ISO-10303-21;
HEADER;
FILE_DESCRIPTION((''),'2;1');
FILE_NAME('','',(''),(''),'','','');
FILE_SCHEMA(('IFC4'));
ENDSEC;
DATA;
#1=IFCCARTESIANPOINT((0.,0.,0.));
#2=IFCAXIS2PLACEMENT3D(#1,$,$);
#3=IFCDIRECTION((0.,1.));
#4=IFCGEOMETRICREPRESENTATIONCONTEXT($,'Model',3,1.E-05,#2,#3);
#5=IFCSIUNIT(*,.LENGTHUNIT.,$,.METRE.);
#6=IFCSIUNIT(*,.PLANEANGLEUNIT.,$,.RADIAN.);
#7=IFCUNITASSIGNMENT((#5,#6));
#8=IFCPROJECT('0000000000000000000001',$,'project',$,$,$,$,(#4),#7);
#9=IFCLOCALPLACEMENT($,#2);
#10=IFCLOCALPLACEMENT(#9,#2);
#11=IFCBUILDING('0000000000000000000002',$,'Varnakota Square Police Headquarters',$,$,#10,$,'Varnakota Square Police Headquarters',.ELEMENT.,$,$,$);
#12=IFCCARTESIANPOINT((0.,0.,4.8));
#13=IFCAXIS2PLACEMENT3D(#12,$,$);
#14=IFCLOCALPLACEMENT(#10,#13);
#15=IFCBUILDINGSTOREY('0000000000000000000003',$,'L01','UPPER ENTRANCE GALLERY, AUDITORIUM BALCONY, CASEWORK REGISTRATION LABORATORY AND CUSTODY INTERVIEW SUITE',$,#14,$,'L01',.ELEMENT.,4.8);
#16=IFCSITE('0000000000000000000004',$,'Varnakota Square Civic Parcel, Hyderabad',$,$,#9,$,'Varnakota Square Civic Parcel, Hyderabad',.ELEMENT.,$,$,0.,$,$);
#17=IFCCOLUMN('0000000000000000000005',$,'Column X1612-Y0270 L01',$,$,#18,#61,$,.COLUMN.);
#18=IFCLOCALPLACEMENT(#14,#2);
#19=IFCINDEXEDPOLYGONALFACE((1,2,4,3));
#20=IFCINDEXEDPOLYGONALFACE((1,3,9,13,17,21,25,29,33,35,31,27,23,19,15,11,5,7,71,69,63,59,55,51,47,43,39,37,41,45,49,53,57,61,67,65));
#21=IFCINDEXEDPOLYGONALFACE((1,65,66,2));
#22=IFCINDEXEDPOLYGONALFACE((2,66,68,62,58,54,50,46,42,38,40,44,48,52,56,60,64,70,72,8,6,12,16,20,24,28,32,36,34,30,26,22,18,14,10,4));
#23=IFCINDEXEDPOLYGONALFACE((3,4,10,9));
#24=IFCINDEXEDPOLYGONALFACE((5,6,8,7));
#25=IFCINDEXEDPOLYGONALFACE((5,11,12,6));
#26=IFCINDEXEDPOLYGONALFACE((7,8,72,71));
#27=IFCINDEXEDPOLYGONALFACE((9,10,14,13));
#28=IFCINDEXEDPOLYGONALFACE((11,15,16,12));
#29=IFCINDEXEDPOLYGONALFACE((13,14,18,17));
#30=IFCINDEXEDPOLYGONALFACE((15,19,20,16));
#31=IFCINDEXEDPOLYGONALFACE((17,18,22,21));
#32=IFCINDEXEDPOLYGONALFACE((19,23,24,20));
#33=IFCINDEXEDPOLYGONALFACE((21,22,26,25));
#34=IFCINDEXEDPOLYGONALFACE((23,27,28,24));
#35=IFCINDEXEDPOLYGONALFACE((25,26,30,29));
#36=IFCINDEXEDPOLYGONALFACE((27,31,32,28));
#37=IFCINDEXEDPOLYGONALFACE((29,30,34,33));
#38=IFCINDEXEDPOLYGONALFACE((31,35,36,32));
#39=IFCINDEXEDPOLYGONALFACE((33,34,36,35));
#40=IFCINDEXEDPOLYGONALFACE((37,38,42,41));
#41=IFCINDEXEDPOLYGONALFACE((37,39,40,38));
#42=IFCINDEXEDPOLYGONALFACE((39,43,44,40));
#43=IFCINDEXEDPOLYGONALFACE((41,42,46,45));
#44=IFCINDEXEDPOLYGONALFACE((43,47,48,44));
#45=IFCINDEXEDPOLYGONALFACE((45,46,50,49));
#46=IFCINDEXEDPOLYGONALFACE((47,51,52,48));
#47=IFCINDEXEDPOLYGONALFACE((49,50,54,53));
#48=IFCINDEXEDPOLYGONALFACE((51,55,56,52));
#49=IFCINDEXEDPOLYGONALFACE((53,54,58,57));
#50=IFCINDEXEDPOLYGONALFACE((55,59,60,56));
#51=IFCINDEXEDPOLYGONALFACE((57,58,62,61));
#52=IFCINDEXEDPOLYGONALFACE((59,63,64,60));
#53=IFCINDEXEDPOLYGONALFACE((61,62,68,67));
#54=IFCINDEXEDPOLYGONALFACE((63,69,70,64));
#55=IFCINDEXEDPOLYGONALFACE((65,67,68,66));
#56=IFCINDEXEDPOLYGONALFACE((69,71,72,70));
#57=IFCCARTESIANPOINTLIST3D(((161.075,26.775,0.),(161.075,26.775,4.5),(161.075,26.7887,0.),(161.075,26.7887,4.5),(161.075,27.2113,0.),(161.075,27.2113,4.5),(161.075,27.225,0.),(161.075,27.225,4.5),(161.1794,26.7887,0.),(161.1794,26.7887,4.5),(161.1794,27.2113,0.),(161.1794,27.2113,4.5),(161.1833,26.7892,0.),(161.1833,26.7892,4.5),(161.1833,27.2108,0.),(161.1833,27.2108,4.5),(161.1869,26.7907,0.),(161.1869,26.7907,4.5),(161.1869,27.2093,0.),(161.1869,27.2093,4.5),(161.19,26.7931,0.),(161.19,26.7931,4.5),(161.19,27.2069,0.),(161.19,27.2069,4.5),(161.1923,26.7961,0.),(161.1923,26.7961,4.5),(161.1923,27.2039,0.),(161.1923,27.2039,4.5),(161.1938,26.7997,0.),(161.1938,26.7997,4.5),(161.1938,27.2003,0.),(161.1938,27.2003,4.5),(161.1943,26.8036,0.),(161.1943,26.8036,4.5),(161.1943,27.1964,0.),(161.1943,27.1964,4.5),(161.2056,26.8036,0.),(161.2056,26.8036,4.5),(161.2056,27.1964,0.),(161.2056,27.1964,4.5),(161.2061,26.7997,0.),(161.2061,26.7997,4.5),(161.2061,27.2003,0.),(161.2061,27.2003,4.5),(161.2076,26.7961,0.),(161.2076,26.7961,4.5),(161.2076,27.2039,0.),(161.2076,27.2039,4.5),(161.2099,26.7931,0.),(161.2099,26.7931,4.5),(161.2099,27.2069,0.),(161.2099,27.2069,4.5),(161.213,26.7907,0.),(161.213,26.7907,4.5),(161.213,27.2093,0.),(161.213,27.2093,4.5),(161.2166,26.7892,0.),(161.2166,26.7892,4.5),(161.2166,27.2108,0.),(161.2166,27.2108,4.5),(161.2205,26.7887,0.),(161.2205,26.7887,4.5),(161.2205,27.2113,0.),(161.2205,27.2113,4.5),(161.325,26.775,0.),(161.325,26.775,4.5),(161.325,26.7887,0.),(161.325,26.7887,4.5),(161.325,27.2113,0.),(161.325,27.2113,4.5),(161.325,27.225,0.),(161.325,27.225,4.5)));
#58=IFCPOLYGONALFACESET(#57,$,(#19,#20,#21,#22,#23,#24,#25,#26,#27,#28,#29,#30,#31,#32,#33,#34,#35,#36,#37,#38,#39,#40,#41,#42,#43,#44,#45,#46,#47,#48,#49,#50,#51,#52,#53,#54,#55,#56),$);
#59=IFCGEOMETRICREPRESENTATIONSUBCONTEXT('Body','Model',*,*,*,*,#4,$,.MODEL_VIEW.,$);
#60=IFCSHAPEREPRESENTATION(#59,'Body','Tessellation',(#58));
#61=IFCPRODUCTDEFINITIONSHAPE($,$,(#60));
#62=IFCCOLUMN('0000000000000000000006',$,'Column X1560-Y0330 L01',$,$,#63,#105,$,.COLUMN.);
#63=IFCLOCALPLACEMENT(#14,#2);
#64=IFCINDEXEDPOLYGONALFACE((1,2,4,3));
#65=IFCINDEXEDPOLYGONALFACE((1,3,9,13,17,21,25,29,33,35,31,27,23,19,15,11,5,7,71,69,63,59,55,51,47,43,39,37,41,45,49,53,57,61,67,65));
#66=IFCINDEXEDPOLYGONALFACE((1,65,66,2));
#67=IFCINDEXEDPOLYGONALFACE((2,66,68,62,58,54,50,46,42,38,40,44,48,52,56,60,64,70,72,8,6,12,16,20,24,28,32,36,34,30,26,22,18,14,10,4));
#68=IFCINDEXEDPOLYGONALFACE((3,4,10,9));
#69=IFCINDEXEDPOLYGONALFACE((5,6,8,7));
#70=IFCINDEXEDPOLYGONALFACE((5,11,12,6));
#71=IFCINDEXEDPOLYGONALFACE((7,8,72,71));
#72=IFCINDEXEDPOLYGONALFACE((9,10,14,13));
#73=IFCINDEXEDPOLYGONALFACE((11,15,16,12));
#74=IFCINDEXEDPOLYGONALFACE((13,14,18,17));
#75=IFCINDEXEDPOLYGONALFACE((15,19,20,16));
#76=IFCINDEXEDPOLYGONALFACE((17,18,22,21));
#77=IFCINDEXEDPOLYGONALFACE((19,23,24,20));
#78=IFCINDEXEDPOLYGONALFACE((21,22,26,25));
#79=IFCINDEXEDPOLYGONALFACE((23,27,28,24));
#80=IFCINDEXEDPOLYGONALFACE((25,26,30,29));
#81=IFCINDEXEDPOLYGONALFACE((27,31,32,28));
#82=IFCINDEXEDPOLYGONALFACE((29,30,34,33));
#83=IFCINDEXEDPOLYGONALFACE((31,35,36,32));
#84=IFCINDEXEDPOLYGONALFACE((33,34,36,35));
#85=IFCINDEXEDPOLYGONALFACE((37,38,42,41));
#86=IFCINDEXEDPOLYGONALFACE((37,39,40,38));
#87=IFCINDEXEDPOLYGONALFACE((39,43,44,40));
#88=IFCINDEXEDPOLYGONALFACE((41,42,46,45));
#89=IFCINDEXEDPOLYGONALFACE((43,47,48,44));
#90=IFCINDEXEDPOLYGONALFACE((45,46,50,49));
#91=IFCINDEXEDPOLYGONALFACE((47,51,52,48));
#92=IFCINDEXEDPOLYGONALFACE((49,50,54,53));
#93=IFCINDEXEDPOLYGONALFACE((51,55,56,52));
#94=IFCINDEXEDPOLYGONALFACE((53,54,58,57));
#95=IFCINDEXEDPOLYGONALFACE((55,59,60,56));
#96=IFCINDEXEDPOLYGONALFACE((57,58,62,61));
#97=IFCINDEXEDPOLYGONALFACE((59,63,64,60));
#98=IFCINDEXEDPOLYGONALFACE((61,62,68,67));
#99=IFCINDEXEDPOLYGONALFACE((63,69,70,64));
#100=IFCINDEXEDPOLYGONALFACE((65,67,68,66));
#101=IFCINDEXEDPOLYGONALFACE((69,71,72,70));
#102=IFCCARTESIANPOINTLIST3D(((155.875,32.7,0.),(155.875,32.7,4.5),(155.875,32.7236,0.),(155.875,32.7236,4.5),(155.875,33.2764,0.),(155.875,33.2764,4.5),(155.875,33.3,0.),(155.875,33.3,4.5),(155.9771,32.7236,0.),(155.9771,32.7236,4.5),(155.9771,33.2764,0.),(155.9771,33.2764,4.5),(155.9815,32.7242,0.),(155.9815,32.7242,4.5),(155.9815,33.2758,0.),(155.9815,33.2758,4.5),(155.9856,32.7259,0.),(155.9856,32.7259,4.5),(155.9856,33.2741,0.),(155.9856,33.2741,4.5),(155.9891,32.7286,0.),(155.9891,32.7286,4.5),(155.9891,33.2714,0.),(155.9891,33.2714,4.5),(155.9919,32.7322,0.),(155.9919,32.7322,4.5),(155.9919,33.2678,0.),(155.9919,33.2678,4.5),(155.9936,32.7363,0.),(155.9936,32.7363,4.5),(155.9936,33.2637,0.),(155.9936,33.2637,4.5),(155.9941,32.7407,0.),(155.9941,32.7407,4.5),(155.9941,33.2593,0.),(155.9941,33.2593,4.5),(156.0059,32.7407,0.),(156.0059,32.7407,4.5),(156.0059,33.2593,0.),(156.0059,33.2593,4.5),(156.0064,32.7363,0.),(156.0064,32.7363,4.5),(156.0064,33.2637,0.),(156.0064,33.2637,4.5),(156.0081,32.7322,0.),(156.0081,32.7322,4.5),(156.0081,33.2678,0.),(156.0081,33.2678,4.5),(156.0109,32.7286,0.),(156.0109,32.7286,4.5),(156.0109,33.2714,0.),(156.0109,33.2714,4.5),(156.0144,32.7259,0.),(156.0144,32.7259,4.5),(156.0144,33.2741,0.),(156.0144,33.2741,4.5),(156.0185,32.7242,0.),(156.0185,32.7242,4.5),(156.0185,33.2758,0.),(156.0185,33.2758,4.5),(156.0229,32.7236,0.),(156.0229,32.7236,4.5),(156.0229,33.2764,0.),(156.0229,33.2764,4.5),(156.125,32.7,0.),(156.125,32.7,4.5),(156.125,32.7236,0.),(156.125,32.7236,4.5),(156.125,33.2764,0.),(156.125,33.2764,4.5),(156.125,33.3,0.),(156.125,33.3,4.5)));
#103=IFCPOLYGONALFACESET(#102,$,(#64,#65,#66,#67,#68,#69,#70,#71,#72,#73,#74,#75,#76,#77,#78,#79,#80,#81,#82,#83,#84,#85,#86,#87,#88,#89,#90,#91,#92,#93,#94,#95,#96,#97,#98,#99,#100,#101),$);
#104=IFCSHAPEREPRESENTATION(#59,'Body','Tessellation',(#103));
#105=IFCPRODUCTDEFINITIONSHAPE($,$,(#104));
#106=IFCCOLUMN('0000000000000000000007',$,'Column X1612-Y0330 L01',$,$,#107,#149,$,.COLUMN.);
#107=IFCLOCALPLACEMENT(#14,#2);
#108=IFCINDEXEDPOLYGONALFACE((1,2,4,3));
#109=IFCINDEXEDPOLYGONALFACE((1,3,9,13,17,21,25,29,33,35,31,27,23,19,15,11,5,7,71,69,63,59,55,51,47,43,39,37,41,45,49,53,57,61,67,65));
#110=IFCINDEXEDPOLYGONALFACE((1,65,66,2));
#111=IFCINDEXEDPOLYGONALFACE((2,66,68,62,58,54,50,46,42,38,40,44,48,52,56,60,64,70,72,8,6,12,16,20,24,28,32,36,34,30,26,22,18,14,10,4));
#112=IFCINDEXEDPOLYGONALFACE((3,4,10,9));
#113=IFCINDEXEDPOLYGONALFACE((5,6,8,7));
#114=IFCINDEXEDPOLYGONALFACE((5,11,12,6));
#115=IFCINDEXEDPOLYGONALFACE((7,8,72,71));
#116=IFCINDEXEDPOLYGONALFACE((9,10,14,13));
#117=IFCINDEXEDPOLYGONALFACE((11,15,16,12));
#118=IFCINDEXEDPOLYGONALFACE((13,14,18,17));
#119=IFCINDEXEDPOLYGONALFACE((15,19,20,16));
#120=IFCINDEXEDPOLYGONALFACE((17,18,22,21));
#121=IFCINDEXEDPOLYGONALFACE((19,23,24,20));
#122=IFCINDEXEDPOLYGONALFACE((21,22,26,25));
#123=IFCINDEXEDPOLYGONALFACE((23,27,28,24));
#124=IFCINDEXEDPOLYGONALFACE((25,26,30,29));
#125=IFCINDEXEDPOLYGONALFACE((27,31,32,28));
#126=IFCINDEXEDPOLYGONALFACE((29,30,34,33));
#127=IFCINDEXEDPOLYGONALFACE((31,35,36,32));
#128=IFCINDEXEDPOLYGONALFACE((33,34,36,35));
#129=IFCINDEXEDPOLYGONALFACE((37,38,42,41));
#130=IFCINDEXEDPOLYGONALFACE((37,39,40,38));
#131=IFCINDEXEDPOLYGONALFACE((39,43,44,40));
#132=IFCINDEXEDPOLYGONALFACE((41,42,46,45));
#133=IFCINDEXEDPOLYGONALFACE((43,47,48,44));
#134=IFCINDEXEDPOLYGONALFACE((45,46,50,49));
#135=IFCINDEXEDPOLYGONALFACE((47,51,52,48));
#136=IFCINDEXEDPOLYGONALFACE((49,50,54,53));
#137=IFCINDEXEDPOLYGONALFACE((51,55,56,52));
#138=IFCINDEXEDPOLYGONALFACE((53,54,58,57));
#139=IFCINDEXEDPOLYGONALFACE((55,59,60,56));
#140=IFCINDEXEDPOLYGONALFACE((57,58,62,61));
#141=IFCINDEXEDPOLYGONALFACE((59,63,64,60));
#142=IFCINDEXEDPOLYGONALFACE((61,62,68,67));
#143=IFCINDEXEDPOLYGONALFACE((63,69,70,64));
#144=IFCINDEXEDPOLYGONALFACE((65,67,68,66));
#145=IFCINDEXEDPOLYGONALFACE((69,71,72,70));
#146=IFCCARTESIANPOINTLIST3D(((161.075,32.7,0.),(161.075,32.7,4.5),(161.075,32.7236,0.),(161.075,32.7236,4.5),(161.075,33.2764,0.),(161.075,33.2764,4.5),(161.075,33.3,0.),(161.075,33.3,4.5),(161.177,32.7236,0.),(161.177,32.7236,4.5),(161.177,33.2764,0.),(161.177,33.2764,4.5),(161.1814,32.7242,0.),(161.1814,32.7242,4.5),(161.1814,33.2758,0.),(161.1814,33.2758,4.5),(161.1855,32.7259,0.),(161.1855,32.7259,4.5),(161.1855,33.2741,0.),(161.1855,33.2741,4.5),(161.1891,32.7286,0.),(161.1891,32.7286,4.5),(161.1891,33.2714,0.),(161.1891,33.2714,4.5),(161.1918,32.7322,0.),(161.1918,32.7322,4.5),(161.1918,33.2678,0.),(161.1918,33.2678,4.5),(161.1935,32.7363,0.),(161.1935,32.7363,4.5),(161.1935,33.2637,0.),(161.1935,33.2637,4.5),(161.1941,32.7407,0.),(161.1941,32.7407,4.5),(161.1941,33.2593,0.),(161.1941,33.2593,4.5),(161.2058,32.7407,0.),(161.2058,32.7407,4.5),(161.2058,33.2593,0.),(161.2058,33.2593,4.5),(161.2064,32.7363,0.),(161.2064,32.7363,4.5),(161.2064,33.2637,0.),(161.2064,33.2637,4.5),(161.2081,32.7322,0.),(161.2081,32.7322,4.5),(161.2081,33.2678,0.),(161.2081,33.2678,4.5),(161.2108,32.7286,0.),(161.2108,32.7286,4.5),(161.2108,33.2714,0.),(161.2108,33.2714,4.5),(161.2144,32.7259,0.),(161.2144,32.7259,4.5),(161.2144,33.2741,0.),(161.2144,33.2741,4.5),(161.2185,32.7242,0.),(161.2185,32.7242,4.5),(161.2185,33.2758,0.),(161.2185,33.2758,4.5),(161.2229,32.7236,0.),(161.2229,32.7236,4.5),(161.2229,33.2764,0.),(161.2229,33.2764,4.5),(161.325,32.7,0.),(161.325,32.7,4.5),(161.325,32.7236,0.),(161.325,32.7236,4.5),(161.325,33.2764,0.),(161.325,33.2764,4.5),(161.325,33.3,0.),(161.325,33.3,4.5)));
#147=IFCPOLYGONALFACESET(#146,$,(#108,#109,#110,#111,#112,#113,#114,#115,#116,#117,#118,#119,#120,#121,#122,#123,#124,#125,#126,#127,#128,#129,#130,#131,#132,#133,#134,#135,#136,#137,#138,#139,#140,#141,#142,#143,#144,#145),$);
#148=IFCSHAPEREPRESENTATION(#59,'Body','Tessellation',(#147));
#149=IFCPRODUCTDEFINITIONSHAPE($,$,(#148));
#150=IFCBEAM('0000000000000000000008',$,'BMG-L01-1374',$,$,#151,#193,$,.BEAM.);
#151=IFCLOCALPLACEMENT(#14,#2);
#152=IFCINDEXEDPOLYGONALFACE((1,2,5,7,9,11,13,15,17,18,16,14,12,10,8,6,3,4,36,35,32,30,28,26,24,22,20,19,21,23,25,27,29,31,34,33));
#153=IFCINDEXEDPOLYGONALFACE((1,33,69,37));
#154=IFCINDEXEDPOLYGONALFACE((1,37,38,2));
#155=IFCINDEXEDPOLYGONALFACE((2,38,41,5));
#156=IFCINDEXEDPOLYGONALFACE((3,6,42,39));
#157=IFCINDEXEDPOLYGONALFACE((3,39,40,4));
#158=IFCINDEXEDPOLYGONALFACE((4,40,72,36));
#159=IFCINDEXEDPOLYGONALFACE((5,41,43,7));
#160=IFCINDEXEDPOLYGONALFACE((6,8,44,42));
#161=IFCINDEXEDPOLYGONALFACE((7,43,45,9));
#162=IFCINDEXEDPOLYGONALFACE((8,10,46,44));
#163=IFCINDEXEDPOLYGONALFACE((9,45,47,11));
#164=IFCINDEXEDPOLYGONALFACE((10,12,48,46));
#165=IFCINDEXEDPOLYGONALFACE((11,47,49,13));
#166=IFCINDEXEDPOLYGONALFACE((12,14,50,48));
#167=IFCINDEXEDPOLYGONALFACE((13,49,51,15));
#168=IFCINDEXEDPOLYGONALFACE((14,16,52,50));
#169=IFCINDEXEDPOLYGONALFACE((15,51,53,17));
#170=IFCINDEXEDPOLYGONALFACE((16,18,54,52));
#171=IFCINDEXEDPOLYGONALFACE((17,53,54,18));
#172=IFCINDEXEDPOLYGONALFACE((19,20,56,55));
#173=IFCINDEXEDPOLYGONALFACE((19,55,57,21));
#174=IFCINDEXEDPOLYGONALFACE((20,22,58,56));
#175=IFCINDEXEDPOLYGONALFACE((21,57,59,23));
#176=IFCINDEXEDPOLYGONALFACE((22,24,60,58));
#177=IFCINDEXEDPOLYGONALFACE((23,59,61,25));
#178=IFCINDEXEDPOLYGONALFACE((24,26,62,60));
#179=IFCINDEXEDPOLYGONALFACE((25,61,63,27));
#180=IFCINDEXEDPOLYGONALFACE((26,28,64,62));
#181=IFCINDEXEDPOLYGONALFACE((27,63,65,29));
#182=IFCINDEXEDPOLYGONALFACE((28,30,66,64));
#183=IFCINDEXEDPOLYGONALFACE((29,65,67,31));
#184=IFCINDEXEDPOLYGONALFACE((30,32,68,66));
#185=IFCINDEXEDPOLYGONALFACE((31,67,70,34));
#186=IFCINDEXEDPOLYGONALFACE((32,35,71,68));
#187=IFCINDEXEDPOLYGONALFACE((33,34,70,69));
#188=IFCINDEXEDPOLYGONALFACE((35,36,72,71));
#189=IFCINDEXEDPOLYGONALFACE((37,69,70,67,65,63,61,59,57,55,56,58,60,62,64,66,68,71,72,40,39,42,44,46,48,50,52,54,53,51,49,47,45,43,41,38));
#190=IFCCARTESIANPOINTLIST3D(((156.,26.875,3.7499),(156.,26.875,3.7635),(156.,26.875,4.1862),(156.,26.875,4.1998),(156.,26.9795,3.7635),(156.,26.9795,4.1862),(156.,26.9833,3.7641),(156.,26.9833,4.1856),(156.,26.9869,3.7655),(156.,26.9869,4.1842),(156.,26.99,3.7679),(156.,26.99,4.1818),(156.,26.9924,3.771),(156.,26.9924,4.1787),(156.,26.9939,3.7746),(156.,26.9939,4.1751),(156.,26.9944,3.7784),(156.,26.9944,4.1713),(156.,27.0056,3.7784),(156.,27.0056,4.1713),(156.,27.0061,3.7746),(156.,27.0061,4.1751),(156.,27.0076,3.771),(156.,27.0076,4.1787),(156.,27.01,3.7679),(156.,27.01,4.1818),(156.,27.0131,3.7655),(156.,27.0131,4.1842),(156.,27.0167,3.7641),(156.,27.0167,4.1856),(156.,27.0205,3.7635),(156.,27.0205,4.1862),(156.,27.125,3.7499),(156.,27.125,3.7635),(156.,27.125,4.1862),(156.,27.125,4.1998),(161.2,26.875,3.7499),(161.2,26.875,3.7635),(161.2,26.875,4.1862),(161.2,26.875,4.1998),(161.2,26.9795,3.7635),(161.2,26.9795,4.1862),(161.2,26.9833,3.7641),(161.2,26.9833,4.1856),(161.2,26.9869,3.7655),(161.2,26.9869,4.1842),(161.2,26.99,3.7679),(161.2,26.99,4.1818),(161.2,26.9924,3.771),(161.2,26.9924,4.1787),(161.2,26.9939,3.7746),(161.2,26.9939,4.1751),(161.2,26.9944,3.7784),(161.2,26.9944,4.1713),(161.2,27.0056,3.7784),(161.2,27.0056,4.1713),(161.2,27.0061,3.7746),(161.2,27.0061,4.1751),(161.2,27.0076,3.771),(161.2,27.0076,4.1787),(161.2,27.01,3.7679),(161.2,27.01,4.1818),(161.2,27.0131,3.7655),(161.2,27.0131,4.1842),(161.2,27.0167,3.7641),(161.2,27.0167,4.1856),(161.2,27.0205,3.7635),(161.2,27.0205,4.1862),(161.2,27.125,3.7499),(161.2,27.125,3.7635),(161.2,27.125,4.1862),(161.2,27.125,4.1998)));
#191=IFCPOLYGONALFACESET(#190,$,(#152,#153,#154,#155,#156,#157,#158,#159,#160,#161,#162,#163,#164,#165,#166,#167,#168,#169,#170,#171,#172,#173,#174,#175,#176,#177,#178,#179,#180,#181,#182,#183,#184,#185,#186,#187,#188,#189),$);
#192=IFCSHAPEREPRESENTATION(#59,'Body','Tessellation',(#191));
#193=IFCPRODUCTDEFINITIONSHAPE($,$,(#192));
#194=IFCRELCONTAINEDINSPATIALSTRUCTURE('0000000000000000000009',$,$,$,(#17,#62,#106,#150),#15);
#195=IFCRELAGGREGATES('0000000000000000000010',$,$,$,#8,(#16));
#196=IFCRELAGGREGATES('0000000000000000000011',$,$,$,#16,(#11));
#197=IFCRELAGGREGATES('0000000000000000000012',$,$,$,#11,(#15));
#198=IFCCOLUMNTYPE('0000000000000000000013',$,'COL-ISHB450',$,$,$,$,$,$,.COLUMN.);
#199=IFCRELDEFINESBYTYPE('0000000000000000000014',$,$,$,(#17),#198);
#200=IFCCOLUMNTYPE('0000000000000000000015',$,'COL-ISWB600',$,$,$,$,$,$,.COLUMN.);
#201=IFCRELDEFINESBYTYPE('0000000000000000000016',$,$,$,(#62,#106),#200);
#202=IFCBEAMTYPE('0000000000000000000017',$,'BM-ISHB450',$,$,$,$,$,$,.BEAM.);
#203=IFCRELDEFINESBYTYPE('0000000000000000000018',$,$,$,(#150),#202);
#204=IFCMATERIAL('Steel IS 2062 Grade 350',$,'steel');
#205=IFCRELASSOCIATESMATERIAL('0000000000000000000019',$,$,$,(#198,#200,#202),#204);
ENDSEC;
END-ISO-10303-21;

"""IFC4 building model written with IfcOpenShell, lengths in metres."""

from ifc_helpers import new_model, si_unit, direction, frame, origin, origin_2d, place, context, subcontext, project, spatial, i_section, extrude, material, material_profile, profile_set, type_object, element, save


model = new_model("IFC4")

# Units and contexts
model_context = context("Model", 3, precision=1e-05, world=origin(), true_north=direction((0.0, 1.0)))
body_context = subcontext(model_context, "Body", "Model", "MODEL_VIEW")
ifc_project = project(units=[si_unit("LENGTHUNIT", "METRE"), si_unit("PLANEANGLEUNIT", "RADIAN")], contexts=[model_context])

# Site, building, storey
site_placement = place(None, origin())
site = spatial("IfcSite", under=ifc_project, at=site_placement, Name="Varnakota Square Civic Parcel, Hyderabad", LongName="Varnakota Square Civic Parcel, Hyderabad", CompositionType="ELEMENT", RefElevation=0.0)
building_placement = place(site_placement, origin())
building = spatial("IfcBuilding", under=site, at=building_placement, Name="Varnakota Square Police Headquarters", LongName="Varnakota Square Police Headquarters", CompositionType="ELEMENT")
storey_placement = place(building_placement, frame((0.0, 0.0, 4.8)))
storey = spatial("IfcBuildingStorey", under=building, at=storey_placement, Name="L01", Description="UPPER ENTRANCE GALLERY, AUDITORIUM BALCONY, CASEWORK REGISTRATION LABORATORY AND CUSTODY INTERVIEW SUITE", LongName="L01", CompositionType="ELEMENT", Elevation=4.8)

# Columns
ifc_material_1 = material(Name="Steel IS 2062 Grade 350", Category="steel")
ifc_material_profile_1 = material_profile(ifc_material_1, i_section(OverallWidth=0.25, OverallDepth=0.45, WebThickness=0.0112, FlangeThickness=0.0137, FilletRadius=0.0149, at=origin_2d()), Name="ISHB 450")
ifc_profile_set_1 = profile_set([ifc_material_profile_1], Name="Steel IS 2062 Grade 350")
column_type_1 = type_object("IfcColumnType", Name="COL-ISHB450", PredefinedType="COLUMN", material=ifc_profile_set_1)
column_placement = place(storey_placement, frame((161.2, 27.0, 0.0), z_axis=(0.0, 0.0, 1.0), x_axis=(1.0, 0.0, 0.0)))
element("IfcColumn", 1, at=column_placement, inside=storey, type_object=column_type_1, Name="Column X1612-Y0270 L01", PredefinedType="COLUMN", context=body_context, shape_type="SweptSolid", body=[
    extrude(i_section(OverallWidth=0.25, OverallDepth=0.45, WebThickness=0.0112, FlangeThickness=0.0137, FilletRadius=0.0149, at=origin_2d()), origin(), (0.0, 0.0, 1.0), 4.5),
])
ifc_material_profile_2 = material_profile(ifc_material_1, i_section(OverallWidth=0.25, OverallDepth=0.6001, WebThickness=0.0117, FlangeThickness=0.0237, FilletRadius=0.0171, at=origin_2d()), Name="ISWB 600")
ifc_profile_set_2 = profile_set([ifc_material_profile_2], Name="Steel IS 2062 Grade 350")
column_type_2 = type_object("IfcColumnType", Name="COL-ISWB600", PredefinedType="COLUMN", material=ifc_profile_set_2)
for number, where, z_axis, x_axis, name in (
    (2, (156.0, 33.0, 0.0), (0.0, 0.0, 1.0), (1.0, 0.0, 0.0), "Column X1560-Y0330 L01"),
    (3, (161.2, 33.0, 0.0), (0.0, 0.0, 1.0), (1.0, 0.0, 0.0), "Column X1612-Y0330 L01"),
):
    element("IfcColumn", number, at=place(storey_placement, frame(where, z_axis=z_axis, x_axis=x_axis)), inside=storey, type_object=column_type_2, Name=name, PredefinedType="COLUMN", context=body_context, shape_type="SweptSolid", body=[
        extrude(i_section(OverallWidth=0.25, OverallDepth=0.6001, WebThickness=0.0117, FlangeThickness=0.0237, FilletRadius=0.0171, at=origin_2d()), origin(), (0.0, 0.0, 1.0), 4.5),
    ])

# Beam
ifc_material_profile_3 = material_profile(ifc_material_1, i_section(OverallWidth=0.25, OverallDepth=0.45, WebThickness=0.0112, FlangeThickness=0.0137, FilletRadius=0.0149, at=origin_2d()), Name="ISHB 450")
ifc_profile_set_3 = profile_set([ifc_material_profile_3], Name="Steel IS 2062 Grade 350")
beam_type_1 = type_object("IfcBeamType", Name="BM-ISHB450", PredefinedType="BEAM", material=ifc_profile_set_3)
for number, where, z_axis, x_axis, name in (
    (4, (156.0, 27.0, 3.9749), (1.0, 0.0, 0.0), (0.0, 1.0, 0.0), "BMG-L01-1374"),
):
    element("IfcBeam", number, at=place(storey_placement, frame(where, z_axis=z_axis, x_axis=x_axis)), inside=storey, type_object=beam_type_1, Name=name, PredefinedType="BEAM", context=body_context, shape_type="SweptSolid", body=[
        extrude(i_section(OverallWidth=0.25, OverallDepth=0.45, WebThickness=0.0112, FlangeThickness=0.0137, FilletRadius=0.0149, at=origin_2d()), origin(), (0.0, 0.0, 1.0), 5.2),
    ])

save(model, "model.ifc")
